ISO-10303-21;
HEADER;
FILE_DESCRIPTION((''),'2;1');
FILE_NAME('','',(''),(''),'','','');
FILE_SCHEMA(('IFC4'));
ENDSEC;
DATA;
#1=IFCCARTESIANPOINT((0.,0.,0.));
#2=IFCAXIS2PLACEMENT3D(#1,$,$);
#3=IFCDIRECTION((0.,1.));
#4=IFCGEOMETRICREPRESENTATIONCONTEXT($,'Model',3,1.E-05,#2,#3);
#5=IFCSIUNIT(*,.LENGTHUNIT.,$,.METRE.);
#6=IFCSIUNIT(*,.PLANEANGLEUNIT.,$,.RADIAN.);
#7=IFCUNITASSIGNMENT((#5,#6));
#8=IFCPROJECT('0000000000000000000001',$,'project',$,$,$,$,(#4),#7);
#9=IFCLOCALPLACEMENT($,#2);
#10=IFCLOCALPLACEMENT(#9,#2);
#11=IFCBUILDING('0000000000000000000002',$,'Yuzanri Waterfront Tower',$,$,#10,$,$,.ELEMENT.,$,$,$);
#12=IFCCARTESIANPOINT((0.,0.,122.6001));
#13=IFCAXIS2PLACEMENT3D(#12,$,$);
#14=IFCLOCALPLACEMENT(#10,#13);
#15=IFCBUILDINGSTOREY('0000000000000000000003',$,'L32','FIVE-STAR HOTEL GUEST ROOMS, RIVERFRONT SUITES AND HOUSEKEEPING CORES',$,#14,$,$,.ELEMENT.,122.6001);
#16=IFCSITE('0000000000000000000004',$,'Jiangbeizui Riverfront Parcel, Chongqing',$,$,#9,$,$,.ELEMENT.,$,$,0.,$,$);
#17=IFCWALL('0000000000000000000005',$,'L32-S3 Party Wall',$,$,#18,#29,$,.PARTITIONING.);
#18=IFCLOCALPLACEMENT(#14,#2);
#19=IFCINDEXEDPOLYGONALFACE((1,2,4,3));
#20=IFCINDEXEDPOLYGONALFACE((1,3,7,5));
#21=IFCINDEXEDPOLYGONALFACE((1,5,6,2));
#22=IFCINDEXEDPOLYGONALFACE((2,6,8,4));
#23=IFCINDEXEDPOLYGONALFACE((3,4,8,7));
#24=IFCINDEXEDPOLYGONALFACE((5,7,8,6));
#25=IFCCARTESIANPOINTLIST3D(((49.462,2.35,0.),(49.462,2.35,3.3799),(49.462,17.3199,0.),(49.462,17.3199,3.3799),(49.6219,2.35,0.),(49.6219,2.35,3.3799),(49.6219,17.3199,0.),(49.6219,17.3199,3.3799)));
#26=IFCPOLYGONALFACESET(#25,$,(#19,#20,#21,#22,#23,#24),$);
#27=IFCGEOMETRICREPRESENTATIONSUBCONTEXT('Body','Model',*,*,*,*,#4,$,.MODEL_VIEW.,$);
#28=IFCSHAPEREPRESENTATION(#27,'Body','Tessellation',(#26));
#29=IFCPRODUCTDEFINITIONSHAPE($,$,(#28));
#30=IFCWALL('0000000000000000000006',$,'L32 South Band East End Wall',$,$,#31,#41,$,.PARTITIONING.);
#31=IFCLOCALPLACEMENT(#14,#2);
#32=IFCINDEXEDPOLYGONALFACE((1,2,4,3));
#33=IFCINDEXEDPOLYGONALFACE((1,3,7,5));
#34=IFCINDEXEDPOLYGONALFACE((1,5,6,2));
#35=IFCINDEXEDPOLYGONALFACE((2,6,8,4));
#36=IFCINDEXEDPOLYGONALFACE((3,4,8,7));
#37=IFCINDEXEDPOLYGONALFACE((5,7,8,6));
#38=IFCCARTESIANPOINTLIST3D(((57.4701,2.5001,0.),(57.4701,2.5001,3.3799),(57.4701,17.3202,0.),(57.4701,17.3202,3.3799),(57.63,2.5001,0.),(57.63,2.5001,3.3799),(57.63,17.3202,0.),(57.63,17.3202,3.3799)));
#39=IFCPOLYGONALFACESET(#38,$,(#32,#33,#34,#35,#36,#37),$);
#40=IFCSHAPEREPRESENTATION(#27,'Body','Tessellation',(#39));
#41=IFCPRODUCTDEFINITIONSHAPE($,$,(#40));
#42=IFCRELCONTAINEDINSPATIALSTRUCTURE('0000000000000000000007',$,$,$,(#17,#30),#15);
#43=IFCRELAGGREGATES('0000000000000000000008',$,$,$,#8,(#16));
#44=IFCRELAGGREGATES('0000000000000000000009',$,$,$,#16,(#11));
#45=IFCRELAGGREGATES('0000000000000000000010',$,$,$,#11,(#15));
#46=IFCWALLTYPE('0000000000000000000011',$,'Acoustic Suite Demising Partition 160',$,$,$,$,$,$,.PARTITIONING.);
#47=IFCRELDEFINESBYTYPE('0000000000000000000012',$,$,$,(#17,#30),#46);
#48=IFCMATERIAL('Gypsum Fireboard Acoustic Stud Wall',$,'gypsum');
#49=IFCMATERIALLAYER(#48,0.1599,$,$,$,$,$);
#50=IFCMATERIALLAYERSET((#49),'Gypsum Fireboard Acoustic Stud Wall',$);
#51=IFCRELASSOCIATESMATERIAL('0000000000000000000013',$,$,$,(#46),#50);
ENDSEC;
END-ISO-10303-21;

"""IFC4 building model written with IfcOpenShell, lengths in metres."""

from ifc_helpers import new_model, si_unit, direction, frame, frame_2d, origin, place, context, subcontext, project, spatial, rectangle, extrude, source, transform, mapped, material, layer, layer_set, type_object, element, save


model = new_model("IFC4")

# Units and contexts
model_context = context("Model", 3, precision=1e-05, world=origin(), true_north=direction((0.0, 1.0)))
body_context = subcontext(model_context, "Body", "Model", "MODEL_VIEW")
ifc_project = project(units=[si_unit("LENGTHUNIT", "METRE"), si_unit("PLANEANGLEUNIT", "RADIAN")], contexts=[model_context])

# Site, building, storey
site_placement = place(None, origin())
site = spatial("IfcSite", under=ifc_project, at=site_placement, Name="Jiangbeizui Riverfront Parcel, Chongqing", CompositionType="ELEMENT", RefElevation=0.0)
building_placement = place(site_placement, origin())
building = spatial("IfcBuilding", under=site, at=building_placement, Name="Yuzanri Waterfront Tower", CompositionType="ELEMENT")
storey_placement = place(building_placement, frame((0.0, 0.0, 122.6001)))
storey = spatial("IfcBuildingStorey", under=building, at=storey_placement, Name="L32", Description="FIVE-STAR HOTEL GUEST ROOMS, RIVERFRONT SUITES AND HOUSEKEEPING CORES", CompositionType="ELEMENT", Elevation=122.6001)

# Walls
ifc_material_1 = material(Name="Gypsum Fireboard Acoustic Stud Wall", Category="gypsum")
ifc_layer_1 = layer(ifc_material_1, 0.1599)
ifc_layer_set_1 = layer_set([ifc_layer_1], Name="Gypsum Fireboard Acoustic Stud Wall")
wall_type_1 = type_object("IfcWallType", Name="Acoustic Suite Demising Partition 160", PredefinedType="PARTITIONING", material=ifc_layer_set_1)
shared_shape_1 = source(origin(), body_context, "Body", "SweptSolid", [
    extrude(rectangle(XDim=14.97, YDim=0.1599, at=frame_2d((7.4849, 0.0))), origin(), (0.0, 0.0, 1.0), 3.3799),
])
wall_1_placement = place(storey_placement, frame((49.542, 2.3501, 0.0), z_axis=(0.0, 0.0, 1.0), x_axis=(0.0, 1.0, 0.0)))
element("IfcWall", 1, at=wall_1_placement, inside=storey, type_object=wall_type_1, Name="L32-S3 Party Wall", PredefinedType="PARTITIONING", context=body_context, shape_type="MappedRepresentation", body=[
    mapped(shared_shape_1, transform((0.0, 0.0, 0.0), scale=1.0)),
])
shared_shape_2 = source(origin(), body_context, "Body", "SweptSolid", [
    extrude(rectangle(XDim=14.8201, YDim=0.1599, at=frame_2d((7.4102, 0.0))), origin(), (0.0, 0.0, 1.0), 3.3799),
])
wall_2_placement = place(storey_placement, frame((57.55, 2.5, 0.0), z_axis=(0.0, 0.0, 1.0), x_axis=(0.0, 1.0, 0.0)))
element("IfcWall", 2, at=wall_2_placement, inside=storey, type_object=wall_type_1, Name="L32 South Band East End Wall", PredefinedType="PARTITIONING", context=body_context, shape_type="MappedRepresentation", body=[
    mapped(shared_shape_2, transform((0.0, 0.0, 0.0), scale=1.0)),
])

save(model, "model.ifc")
